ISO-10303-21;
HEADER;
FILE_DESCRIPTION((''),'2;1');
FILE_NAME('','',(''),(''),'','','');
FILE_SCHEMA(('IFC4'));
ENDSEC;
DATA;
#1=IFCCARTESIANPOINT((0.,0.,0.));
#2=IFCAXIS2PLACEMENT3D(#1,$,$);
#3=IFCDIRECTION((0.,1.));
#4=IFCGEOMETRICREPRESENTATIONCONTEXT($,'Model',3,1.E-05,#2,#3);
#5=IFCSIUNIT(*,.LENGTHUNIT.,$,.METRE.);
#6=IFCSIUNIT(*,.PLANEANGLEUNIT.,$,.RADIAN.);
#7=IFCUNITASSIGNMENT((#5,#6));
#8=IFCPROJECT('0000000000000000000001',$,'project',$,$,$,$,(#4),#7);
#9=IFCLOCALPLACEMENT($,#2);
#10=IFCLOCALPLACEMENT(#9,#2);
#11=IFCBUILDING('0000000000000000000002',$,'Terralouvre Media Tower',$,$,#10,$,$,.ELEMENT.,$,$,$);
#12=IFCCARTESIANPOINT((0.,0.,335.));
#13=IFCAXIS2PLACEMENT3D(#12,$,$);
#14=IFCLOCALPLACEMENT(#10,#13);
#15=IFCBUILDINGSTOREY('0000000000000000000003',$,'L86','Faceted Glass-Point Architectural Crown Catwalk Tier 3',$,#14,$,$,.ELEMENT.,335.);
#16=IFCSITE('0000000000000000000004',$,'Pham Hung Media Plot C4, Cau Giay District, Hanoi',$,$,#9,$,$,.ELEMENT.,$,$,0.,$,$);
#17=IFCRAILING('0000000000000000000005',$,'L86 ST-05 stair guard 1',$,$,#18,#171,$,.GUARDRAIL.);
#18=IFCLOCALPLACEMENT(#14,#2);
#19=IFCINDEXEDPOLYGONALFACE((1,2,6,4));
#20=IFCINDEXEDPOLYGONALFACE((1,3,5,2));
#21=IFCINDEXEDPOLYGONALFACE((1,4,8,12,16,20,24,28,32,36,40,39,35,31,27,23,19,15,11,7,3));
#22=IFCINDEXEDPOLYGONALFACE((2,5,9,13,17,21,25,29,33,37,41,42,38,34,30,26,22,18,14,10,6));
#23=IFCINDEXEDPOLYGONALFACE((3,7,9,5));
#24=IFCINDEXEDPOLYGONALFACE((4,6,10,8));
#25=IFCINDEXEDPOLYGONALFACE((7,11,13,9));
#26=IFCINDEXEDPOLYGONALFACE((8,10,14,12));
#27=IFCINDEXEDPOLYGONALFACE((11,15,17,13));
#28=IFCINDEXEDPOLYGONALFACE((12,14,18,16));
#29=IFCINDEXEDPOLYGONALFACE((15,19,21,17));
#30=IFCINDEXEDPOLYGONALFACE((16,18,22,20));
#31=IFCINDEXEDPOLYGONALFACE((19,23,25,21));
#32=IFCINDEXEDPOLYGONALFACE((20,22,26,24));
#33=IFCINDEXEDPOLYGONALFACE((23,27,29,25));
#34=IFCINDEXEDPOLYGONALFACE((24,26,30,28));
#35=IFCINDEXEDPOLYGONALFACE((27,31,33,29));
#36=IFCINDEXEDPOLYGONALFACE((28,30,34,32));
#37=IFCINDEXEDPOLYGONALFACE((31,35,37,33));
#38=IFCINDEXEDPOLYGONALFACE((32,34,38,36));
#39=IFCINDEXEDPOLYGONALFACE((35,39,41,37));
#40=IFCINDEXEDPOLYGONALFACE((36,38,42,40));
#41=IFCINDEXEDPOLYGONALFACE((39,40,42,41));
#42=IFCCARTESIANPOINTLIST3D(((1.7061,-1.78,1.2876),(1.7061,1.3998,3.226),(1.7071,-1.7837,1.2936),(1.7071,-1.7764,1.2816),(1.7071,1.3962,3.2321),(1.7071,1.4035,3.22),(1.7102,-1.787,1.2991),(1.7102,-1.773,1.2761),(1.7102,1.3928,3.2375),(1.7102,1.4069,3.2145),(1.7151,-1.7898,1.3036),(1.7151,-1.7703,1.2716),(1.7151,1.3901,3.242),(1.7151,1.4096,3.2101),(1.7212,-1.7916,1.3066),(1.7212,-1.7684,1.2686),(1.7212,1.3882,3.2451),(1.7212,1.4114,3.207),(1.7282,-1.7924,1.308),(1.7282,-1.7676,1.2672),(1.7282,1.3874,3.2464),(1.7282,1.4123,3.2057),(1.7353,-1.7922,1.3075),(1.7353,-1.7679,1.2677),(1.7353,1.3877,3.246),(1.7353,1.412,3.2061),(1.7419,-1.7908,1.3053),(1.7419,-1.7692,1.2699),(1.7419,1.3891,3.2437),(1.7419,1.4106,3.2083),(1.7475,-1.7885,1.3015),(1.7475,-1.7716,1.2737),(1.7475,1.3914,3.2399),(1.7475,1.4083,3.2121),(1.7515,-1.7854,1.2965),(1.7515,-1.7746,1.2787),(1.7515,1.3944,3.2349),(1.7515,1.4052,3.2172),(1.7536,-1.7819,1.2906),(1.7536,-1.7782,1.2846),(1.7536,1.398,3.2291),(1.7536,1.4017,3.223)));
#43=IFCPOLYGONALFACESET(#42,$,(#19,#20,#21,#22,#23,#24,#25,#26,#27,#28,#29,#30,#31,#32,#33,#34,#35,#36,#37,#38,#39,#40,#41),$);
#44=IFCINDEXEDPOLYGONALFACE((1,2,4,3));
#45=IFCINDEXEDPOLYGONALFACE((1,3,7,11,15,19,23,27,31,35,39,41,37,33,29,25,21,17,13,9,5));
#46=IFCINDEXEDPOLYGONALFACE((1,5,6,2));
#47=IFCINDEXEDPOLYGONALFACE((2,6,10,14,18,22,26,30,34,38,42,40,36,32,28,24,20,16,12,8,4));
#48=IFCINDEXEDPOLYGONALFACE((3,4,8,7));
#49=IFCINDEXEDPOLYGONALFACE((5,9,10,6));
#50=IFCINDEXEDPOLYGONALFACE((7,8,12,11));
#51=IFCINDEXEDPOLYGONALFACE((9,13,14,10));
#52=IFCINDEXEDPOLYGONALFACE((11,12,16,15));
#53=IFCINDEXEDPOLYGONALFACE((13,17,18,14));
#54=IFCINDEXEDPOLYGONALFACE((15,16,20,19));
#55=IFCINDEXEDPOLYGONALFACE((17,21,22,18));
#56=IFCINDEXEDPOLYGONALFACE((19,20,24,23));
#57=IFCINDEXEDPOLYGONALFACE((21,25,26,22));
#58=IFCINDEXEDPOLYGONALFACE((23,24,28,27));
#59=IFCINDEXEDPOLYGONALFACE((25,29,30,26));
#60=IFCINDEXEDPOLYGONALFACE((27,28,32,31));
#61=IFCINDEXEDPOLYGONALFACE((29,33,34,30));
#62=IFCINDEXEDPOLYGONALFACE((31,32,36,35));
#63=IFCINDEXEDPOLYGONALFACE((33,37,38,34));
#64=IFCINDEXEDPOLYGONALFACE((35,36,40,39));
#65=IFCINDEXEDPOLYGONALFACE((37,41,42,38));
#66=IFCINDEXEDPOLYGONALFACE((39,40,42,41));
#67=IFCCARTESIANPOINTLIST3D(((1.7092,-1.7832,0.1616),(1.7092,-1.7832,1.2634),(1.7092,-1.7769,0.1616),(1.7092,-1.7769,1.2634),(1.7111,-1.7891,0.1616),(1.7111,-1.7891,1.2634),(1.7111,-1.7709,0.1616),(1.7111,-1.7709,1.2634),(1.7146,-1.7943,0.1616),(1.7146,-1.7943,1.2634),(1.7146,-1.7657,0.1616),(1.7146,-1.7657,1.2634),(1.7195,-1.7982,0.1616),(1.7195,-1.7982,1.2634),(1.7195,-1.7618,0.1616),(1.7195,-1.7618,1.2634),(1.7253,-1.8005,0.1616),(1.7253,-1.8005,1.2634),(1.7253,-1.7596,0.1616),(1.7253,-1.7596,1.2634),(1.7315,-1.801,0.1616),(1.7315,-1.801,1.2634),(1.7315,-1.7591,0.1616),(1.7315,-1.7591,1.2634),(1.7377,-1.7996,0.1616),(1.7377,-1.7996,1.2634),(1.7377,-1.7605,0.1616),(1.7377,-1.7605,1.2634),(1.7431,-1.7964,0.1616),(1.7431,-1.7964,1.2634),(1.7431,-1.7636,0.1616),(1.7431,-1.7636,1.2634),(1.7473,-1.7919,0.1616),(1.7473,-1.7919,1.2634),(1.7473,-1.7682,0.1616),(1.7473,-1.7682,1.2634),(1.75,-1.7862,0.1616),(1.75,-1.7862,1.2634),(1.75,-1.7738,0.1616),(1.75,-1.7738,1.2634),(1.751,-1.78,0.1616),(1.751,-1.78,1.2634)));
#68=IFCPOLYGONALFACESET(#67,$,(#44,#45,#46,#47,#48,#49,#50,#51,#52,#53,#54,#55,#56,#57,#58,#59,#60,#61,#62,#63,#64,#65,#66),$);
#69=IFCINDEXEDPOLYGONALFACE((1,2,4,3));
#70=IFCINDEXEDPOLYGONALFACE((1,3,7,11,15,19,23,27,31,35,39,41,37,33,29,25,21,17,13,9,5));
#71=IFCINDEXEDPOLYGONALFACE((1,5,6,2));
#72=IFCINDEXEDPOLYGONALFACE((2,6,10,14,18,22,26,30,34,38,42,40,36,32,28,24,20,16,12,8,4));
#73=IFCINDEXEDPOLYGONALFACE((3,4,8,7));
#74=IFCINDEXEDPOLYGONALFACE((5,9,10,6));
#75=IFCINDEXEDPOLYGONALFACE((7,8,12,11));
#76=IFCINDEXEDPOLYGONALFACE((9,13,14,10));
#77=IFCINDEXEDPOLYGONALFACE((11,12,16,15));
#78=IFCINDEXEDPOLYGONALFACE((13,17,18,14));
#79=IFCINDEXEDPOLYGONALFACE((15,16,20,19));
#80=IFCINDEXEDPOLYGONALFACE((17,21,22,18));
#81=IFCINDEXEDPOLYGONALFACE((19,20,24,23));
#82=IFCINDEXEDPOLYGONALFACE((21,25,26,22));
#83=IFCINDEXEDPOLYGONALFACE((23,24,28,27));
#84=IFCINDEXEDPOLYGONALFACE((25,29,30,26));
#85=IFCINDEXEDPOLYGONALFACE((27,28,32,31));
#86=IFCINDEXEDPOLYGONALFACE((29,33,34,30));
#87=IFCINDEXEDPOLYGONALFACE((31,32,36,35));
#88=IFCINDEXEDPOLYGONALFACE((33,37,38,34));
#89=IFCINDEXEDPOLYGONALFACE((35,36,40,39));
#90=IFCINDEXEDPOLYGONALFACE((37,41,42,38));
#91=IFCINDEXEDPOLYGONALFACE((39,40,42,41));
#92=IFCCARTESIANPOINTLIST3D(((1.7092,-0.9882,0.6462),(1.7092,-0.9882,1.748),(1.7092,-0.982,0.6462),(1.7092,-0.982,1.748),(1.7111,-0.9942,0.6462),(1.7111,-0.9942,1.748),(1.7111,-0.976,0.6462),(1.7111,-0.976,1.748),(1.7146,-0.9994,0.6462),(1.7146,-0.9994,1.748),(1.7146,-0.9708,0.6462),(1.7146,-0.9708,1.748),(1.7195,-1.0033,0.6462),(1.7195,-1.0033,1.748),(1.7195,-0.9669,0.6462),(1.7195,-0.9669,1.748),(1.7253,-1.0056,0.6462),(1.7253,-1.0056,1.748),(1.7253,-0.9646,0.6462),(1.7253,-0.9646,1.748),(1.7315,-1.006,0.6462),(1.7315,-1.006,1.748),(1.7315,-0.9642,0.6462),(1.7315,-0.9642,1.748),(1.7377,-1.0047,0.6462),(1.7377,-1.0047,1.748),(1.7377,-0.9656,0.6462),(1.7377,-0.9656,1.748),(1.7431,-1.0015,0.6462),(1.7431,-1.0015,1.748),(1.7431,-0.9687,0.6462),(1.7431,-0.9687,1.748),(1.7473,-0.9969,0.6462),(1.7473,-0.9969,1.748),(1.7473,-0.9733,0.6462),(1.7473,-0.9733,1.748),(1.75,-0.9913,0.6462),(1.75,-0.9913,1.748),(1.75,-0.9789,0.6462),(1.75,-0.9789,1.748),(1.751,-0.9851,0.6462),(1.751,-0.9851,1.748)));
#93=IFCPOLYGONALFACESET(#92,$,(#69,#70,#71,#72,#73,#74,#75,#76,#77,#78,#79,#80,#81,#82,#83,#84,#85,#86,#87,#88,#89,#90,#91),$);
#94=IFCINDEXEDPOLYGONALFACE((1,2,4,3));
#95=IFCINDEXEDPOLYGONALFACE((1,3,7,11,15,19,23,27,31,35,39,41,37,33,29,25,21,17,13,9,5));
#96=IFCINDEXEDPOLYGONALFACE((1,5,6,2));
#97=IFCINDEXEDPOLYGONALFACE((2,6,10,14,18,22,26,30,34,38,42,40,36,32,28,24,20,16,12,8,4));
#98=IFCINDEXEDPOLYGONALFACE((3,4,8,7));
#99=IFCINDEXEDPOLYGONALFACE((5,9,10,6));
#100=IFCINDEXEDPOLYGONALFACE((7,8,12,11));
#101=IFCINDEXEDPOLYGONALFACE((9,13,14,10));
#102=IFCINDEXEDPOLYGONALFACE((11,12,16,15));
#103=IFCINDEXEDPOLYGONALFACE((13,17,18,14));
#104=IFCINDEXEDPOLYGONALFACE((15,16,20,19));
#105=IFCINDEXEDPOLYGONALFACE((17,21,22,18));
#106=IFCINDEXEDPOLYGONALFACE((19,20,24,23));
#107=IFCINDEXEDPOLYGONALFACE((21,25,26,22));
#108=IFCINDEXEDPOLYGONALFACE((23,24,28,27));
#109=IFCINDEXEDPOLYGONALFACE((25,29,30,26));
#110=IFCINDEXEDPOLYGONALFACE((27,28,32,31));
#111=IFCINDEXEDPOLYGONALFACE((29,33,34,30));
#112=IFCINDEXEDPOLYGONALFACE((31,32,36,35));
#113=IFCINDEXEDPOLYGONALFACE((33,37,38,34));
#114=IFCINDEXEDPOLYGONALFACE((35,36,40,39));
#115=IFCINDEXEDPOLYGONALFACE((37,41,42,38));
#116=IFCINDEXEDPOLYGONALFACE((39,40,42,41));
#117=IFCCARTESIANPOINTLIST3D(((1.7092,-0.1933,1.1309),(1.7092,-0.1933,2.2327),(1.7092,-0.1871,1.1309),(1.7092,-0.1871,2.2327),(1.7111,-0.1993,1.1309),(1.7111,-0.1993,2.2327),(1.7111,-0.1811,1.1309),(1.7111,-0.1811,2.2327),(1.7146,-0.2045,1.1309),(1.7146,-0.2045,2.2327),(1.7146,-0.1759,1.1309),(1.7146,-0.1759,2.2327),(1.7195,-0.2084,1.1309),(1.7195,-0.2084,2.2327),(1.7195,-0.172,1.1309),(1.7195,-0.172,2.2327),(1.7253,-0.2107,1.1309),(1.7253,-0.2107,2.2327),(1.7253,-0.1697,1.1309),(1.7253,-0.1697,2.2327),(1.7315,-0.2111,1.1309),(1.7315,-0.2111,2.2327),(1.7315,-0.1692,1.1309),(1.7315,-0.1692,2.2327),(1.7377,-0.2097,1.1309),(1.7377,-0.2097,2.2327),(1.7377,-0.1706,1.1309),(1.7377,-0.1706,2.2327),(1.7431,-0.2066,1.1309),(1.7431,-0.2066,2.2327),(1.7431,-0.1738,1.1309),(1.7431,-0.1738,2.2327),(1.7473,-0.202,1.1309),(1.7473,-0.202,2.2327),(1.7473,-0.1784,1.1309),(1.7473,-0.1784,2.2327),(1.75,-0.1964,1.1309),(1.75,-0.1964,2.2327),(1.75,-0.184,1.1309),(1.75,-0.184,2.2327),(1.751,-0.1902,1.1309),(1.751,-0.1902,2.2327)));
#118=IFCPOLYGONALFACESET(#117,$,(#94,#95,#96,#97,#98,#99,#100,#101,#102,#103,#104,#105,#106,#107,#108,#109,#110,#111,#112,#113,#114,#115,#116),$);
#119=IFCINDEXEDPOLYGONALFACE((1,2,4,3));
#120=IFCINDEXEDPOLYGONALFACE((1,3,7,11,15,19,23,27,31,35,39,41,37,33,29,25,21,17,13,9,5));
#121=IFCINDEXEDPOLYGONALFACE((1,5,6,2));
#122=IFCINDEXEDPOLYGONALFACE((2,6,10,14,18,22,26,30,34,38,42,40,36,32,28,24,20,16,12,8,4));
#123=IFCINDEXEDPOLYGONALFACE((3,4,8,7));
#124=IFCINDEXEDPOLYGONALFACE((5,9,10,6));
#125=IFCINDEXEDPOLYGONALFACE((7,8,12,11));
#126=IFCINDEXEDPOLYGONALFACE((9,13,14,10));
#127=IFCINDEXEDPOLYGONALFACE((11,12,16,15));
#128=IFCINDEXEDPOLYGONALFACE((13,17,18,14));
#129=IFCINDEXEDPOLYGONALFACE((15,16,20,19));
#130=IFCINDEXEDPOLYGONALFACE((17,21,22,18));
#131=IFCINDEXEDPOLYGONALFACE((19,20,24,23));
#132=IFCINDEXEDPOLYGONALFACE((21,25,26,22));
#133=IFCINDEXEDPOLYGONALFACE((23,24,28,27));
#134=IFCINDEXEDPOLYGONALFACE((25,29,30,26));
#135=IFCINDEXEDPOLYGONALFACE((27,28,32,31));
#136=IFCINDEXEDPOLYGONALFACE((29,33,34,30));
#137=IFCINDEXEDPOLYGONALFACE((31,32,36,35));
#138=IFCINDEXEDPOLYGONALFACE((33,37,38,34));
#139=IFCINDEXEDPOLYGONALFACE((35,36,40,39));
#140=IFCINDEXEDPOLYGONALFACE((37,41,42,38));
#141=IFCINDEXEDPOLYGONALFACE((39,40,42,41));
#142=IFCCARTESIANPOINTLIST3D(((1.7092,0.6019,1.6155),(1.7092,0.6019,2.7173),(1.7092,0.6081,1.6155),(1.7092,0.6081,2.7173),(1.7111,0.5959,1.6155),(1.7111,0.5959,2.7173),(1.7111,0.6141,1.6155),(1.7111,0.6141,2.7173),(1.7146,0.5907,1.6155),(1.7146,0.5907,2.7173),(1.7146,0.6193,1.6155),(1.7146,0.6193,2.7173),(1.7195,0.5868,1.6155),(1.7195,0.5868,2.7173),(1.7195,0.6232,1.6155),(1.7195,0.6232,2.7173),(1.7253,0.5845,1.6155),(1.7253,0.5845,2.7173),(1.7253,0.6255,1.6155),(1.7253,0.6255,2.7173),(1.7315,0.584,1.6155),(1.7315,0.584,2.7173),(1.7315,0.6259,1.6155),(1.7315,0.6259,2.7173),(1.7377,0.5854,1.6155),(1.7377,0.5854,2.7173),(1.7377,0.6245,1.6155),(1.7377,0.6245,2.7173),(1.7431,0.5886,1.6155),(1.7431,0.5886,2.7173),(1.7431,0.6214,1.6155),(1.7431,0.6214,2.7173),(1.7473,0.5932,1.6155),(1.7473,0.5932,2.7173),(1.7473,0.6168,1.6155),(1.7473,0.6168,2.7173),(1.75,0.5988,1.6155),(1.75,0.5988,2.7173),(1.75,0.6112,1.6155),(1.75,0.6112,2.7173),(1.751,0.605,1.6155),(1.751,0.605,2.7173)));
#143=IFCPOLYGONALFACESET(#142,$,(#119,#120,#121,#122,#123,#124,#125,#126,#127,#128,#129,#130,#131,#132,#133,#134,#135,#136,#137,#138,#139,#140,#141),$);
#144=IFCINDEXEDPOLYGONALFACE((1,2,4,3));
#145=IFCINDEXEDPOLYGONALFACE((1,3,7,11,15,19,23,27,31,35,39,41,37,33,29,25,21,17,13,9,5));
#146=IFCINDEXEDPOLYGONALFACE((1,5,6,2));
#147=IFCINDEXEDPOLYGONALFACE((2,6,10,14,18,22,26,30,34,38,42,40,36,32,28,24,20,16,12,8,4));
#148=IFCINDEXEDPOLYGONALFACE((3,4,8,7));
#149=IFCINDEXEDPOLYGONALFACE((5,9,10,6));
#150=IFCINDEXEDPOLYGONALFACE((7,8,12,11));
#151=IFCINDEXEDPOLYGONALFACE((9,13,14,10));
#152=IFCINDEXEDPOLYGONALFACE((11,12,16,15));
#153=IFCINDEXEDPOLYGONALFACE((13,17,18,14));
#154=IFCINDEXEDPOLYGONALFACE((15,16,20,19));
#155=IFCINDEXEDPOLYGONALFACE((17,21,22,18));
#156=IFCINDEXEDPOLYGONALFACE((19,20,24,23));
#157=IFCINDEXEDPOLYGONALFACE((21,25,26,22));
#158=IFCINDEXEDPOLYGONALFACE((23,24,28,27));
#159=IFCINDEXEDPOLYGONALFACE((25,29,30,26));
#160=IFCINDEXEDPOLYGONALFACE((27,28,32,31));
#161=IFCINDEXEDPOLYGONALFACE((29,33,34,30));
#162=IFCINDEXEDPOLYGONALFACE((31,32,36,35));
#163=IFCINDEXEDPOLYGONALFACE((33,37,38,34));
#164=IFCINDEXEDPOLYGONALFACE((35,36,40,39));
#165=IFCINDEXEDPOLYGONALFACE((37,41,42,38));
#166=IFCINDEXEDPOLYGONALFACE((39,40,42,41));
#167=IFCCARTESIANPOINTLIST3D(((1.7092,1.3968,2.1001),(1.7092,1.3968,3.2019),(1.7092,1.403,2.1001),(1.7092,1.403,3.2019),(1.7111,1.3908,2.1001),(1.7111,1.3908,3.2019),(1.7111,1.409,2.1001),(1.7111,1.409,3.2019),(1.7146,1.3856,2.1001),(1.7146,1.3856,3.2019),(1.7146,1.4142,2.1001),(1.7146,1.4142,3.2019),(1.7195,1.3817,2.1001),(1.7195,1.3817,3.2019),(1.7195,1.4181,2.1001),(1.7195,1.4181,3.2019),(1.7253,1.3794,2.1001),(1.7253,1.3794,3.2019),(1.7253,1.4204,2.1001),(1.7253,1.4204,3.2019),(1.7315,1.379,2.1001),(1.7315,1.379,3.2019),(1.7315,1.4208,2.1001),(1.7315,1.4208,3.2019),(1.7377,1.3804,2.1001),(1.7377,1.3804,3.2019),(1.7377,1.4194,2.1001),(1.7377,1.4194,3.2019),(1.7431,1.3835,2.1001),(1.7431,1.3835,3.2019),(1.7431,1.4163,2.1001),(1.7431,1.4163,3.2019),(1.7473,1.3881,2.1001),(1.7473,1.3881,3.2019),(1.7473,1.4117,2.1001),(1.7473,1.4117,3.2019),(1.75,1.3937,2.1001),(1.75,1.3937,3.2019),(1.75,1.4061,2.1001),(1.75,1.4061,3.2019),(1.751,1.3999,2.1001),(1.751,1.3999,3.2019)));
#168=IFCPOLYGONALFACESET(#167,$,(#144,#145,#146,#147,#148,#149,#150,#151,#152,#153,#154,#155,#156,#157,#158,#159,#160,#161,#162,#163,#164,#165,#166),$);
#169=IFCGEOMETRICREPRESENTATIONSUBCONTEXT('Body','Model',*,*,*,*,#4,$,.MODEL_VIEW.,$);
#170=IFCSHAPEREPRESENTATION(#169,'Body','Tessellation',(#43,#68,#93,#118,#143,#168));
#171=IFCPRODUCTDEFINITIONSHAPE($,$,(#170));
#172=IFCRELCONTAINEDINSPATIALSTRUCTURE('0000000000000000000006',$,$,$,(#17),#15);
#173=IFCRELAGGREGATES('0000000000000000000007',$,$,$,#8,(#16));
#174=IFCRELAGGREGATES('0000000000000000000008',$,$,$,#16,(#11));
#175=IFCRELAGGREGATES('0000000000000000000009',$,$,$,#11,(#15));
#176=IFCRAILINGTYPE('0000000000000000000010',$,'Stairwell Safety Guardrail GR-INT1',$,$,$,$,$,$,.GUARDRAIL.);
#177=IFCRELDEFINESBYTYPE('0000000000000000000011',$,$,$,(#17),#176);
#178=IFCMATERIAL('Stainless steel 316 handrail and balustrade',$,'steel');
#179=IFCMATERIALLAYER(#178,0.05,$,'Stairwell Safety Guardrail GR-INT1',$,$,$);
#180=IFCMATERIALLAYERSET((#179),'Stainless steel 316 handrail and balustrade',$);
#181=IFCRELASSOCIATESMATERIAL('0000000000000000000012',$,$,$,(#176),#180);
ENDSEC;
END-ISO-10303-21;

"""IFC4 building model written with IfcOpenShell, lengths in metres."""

from ifc_helpers import new_model, si_unit, direction, frame, origin, origin_2d, place, context, subcontext, project, spatial, circle, extrude, material, layer, layer_set, type_object, element, save


model = new_model("IFC4")

# Units and contexts
model_context = context("Model", 3, precision=1e-05, world=origin(), true_north=direction((0.0, 1.0)))
body_context = subcontext(model_context, "Body", "Model", "MODEL_VIEW")
ifc_project = project(units=[si_unit("LENGTHUNIT", "METRE"), si_unit("PLANEANGLEUNIT", "RADIAN")], contexts=[model_context])

# Site, building, storey
site_placement = place(None, origin())
site = spatial("IfcSite", under=ifc_project, at=site_placement, Name="Pham Hung Media Plot C4, Cau Giay District, Hanoi", CompositionType="ELEMENT", RefElevation=0.0)
building_placement = place(site_placement, origin())
building = spatial("IfcBuilding", under=site, at=building_placement, Name="Terralouvre Media Tower", CompositionType="ELEMENT")
storey_placement = place(building_placement, frame((0.0, 0.0, 335.0)))
storey = spatial("IfcBuildingStorey", under=building, at=storey_placement, Name="L86", Description="Faceted Glass-Point Architectural Crown Catwalk Tier 3", CompositionType="ELEMENT", Elevation=335.0)

# Railing
ifc_material_1 = material(Name="Stainless steel 316 handrail and balustrade", Category="steel")
ifc_layer_1 = layer(ifc_material_1, 0.05, Name="Stairwell Safety Guardrail GR-INT1")
ifc_layer_set_1 = layer_set([ifc_layer_1], Name="Stainless steel 316 handrail and balustrade")
railing_type_1 = type_object("IfcRailingType", Name="Stairwell Safety Guardrail GR-INT1", PredefinedType="GUARDRAIL", material=ifc_layer_set_1)
railing_1_placement = place(storey_placement, frame((1.73, -1.78, 0.1616)))
element("IfcRailing", 1, at=railing_1_placement, inside=storey, type_object=railing_type_1, Name="L86 ST-05 stair guard 1", PredefinedType="GUARDRAIL", context=body_context, shape_type="SweptSolid", body=[
    extrude(circle(Radius=0.0239, at=origin_2d()), frame((0.0, 0.0, 1.126), z_axis=(0.0, 0.853857, 0.520508), x_axis=(-1.0, 0.0, 0.0)), (0.0, 0.0, 1.0), 3.7241),
    extrude(circle(Radius=0.021, at=origin_2d()), origin(), (0.0, 0.0, 1.0), 1.1018),
    extrude(circle(Radius=0.021, at=origin_2d()), frame((0.0, 0.7949, 0.4846)), (0.0, 0.0, 1.0), 1.1018),
    extrude(circle(Radius=0.021, at=origin_2d()), frame((0.0, 1.5898, 0.9692)), (0.0, 0.0, 1.0), 1.1018),
    extrude(circle(Radius=0.021, at=origin_2d()), frame((0.0, 2.385, 1.4539)), (0.0, 0.0, 1.0), 1.1018),
    extrude(circle(Radius=0.021, at=origin_2d()), frame((0.0, 3.1799, 1.9385)), (0.0, 0.0, 1.0), 1.1018),
])

save(model, "model.ifc")
